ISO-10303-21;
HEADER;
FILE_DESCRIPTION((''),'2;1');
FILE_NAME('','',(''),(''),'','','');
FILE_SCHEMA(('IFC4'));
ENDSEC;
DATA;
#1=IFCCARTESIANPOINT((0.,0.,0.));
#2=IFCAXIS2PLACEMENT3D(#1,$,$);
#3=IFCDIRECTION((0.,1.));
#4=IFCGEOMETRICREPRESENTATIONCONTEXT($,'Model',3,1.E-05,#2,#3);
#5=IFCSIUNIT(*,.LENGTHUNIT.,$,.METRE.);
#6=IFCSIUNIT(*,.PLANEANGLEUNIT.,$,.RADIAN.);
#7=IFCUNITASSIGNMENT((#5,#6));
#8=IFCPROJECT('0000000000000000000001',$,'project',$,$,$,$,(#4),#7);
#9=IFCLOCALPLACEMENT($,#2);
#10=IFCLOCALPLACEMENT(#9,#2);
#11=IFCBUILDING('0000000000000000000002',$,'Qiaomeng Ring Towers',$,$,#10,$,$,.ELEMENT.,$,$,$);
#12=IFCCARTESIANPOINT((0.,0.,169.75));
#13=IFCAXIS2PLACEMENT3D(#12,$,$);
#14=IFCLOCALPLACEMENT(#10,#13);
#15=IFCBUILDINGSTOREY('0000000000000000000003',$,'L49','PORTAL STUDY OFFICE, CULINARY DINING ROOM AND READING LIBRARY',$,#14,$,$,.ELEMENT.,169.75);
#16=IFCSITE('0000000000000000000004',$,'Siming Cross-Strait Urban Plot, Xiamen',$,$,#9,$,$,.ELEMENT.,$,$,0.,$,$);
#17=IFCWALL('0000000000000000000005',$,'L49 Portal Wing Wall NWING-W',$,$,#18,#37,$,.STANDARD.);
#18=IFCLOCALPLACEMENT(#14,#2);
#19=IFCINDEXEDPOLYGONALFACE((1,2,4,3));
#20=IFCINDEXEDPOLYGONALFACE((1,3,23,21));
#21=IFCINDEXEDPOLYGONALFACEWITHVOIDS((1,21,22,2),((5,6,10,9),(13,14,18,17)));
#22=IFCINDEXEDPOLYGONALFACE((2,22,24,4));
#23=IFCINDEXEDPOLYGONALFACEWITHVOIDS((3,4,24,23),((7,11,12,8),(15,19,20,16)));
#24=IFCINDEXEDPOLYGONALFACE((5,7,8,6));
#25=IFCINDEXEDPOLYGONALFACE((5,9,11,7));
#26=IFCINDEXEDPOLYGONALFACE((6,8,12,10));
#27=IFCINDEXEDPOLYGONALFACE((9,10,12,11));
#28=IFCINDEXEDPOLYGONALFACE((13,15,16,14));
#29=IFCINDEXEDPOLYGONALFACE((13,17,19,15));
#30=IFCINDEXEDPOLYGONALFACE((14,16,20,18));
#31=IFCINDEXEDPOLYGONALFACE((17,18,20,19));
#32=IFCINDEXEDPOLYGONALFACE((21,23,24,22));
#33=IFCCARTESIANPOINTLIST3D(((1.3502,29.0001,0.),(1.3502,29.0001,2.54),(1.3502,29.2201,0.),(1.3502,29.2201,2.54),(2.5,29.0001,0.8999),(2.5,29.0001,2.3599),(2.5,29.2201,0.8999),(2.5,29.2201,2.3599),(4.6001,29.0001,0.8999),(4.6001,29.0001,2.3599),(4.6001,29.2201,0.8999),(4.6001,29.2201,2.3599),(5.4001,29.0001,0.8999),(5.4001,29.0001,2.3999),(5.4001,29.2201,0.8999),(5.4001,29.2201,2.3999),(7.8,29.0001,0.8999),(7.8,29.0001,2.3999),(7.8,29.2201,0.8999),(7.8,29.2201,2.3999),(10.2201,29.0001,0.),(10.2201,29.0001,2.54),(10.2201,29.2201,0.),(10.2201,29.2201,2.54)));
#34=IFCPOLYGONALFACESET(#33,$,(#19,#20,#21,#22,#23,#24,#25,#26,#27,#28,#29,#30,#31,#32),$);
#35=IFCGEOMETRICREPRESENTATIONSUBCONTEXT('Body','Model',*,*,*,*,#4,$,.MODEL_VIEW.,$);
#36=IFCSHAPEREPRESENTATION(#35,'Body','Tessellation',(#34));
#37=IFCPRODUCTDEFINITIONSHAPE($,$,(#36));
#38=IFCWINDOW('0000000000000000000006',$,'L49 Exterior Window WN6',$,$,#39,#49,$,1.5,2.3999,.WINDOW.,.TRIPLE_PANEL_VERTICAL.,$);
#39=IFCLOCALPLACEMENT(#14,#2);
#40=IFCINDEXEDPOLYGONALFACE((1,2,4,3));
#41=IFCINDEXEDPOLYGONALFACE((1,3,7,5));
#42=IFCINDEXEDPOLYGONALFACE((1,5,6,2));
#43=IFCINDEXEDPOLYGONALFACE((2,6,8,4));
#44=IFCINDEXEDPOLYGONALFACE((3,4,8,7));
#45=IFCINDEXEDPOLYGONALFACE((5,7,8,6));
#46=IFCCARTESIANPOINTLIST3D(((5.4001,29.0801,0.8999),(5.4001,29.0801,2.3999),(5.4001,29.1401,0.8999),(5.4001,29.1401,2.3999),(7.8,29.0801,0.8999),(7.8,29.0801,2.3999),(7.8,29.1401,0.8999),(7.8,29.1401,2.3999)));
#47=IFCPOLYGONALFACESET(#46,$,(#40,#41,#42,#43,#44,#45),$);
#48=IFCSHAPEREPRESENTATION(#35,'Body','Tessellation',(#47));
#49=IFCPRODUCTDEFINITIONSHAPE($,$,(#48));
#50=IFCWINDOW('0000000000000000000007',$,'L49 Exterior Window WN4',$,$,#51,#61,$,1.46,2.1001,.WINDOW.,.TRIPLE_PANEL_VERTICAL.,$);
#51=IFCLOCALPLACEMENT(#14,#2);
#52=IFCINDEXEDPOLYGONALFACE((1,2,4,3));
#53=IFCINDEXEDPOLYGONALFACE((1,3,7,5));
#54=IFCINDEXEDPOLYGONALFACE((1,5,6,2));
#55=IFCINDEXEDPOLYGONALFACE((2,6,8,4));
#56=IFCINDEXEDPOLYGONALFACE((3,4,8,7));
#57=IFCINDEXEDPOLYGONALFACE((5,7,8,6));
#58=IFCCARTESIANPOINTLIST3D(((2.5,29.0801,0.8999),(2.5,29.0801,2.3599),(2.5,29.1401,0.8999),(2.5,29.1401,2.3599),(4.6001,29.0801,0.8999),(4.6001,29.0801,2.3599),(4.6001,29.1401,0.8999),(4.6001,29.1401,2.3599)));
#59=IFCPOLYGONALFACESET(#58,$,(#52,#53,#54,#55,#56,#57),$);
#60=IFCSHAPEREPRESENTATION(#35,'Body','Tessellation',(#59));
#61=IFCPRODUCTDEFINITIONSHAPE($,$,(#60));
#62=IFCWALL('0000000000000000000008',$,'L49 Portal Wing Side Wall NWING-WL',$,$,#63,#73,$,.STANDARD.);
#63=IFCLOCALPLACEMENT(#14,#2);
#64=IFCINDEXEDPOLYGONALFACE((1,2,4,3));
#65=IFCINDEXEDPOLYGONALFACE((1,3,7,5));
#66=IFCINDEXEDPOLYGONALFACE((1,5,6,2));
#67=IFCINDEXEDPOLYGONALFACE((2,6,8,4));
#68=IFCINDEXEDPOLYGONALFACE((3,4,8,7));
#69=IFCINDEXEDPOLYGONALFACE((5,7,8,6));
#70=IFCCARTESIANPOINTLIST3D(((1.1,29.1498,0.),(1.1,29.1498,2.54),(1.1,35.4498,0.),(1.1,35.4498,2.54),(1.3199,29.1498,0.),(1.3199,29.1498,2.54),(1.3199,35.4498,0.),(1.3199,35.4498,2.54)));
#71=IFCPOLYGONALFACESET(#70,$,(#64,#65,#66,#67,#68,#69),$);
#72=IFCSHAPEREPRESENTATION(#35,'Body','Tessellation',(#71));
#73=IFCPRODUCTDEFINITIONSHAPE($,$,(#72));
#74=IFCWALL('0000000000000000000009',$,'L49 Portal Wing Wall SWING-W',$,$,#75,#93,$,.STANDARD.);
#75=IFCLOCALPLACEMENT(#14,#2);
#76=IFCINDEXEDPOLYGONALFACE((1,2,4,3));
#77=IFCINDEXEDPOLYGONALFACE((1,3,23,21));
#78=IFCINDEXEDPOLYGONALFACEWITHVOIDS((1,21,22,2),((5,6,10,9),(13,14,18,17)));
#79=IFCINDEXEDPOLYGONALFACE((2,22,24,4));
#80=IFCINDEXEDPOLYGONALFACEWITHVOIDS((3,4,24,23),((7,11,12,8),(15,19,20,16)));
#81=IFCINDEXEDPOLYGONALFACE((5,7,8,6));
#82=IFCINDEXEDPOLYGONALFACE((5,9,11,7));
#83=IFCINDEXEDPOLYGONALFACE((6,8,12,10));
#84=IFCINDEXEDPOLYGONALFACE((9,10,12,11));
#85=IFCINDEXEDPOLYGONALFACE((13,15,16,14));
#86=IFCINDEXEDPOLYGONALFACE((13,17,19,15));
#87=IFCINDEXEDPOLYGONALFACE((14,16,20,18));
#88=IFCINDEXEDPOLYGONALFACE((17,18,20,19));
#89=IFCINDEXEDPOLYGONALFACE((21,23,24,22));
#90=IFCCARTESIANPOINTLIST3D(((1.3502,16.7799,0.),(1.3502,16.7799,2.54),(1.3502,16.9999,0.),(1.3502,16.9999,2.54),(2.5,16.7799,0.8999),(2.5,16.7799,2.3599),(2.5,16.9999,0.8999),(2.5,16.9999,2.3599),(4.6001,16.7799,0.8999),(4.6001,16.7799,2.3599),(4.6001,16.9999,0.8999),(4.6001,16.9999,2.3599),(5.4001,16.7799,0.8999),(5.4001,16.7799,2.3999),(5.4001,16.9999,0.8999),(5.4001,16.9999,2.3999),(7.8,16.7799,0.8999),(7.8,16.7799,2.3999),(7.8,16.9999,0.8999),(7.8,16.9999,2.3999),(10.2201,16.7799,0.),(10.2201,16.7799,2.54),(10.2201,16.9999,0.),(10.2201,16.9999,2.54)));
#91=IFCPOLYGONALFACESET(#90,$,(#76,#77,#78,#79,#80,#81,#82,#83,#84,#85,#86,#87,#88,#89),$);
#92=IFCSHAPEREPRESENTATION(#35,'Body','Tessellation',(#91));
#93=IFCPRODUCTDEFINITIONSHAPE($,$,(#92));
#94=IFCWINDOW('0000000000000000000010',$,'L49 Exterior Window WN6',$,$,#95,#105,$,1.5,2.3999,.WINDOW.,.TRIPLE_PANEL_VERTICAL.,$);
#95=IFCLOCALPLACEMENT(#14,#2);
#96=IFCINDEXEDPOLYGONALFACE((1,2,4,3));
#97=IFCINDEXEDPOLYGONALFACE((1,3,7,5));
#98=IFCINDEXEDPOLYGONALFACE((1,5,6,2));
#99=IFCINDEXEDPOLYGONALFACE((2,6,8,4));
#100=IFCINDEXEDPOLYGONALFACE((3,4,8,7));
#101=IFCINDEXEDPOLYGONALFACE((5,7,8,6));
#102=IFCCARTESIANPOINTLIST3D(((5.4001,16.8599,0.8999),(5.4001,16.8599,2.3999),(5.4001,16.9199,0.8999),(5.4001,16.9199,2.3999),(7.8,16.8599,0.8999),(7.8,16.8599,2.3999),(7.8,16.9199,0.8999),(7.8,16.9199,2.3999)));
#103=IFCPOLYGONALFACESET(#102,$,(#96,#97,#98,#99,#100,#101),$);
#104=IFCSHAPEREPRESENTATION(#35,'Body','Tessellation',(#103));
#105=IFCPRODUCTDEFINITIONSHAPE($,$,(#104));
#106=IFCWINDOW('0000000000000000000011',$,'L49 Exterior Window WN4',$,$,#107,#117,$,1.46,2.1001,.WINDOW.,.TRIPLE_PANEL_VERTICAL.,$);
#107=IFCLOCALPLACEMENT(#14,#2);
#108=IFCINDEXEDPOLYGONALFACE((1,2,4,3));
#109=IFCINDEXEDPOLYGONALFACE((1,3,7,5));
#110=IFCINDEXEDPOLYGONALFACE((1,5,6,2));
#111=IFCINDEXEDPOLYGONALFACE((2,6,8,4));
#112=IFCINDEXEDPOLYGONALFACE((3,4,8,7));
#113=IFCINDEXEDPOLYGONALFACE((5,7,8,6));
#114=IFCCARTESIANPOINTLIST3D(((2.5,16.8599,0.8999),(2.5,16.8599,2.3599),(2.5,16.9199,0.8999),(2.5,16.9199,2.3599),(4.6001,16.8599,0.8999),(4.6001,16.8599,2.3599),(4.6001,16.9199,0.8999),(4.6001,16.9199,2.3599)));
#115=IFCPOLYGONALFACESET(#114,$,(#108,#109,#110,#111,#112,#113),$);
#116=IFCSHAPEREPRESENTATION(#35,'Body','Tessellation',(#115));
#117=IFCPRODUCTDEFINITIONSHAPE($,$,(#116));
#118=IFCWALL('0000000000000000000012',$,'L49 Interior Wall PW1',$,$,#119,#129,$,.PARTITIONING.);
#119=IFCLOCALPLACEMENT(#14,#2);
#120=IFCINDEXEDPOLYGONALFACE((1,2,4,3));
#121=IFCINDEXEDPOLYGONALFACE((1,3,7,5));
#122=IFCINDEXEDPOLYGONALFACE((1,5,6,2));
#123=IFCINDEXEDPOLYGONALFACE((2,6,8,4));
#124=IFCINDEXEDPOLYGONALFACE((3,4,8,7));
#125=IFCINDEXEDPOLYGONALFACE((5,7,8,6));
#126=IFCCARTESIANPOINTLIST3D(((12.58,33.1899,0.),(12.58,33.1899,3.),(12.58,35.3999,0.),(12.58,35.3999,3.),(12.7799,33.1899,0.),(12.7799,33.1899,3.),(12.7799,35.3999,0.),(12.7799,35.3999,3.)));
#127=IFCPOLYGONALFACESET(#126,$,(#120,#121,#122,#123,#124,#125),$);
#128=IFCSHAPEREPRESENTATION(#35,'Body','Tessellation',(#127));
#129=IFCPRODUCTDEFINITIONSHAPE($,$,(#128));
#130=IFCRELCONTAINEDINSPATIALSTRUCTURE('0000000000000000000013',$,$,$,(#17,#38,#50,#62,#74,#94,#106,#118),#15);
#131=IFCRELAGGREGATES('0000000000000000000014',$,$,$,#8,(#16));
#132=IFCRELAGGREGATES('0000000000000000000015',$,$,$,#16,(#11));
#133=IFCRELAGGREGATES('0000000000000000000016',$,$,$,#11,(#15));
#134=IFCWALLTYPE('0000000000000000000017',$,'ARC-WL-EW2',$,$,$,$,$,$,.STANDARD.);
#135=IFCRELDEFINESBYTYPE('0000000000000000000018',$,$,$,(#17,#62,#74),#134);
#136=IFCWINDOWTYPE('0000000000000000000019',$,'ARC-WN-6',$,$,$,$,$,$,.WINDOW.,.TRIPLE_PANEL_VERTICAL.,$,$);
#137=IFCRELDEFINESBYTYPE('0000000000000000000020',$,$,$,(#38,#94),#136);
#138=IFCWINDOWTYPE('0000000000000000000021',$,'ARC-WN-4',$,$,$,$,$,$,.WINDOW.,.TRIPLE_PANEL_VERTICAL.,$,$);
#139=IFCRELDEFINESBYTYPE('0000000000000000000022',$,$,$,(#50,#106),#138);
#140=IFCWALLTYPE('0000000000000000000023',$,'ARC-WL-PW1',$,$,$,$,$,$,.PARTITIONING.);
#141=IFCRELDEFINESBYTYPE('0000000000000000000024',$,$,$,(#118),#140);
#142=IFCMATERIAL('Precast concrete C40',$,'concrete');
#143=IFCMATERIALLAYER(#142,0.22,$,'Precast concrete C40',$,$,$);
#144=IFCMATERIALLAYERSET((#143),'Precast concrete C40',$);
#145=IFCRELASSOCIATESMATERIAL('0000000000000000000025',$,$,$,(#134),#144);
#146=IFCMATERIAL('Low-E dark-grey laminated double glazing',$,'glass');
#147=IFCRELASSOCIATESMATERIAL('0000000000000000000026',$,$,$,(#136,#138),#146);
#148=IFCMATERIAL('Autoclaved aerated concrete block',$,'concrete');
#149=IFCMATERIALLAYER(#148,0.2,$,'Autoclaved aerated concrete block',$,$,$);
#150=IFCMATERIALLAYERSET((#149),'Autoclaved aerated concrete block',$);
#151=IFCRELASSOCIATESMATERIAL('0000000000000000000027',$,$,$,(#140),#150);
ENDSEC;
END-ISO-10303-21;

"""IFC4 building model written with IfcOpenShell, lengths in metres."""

from ifc_helpers import new_model, si_unit, direction, frame, frame_2d, origin, place, context, subcontext, project, spatial, rectangle, extrude, source, transform, mapped, material, layer, layer_set, type_object, element, fill, save


model = new_model("IFC4")

# Units and contexts
model_context = context("Model", 3, precision=1e-05, world=origin(), true_north=direction((0.0, 1.0)))
body_context = subcontext(model_context, "Body", "Model", "MODEL_VIEW")
ifc_project = project(units=[si_unit("LENGTHUNIT", "METRE"), si_unit("PLANEANGLEUNIT", "RADIAN")], contexts=[model_context])

# Site, building, storey
site_placement = place(None, origin())
site = spatial("IfcSite", under=ifc_project, at=site_placement, Name="Siming Cross-Strait Urban Plot, Xiamen", CompositionType="ELEMENT", RefElevation=0.0)
building_placement = place(site_placement, origin())
building = spatial("IfcBuilding", under=site, at=building_placement, Name="Qiaomeng Ring Towers", CompositionType="ELEMENT")
storey_placement = place(building_placement, frame((0.0, 0.0, 169.75)))
storey = spatial("IfcBuildingStorey", under=building, at=storey_placement, Name="L49", Description="PORTAL STUDY OFFICE, CULINARY DINING ROOM AND READING LIBRARY", CompositionType="ELEMENT", Elevation=169.75)

# Wall, openings, windows
ifc_material_1 = material(Name="Precast concrete C40", Category="concrete")
ifc_layer_1 = layer(ifc_material_1, 0.22, Name="Precast concrete C40")
ifc_layer_set_1 = layer_set([ifc_layer_1], Name="Precast concrete C40")
wall_type_1 = type_object("IfcWallType", Name="ARC-WL-EW2", PredefinedType="STANDARD", material=ifc_layer_set_1)
wall_1_placement = place(storey_placement, frame((1.3501, 29.1101, 0.0), z_axis=(0.0, 0.0, 1.0), x_axis=(1.0, 0.0, 0.0)))
wall_1 = element("IfcWall", 1, at=wall_1_placement, inside=storey, type_object=wall_type_1, Name="L49 Portal Wing Wall NWING-W", PredefinedType="STANDARD", context=body_context, shape_type="SweptSolid", body=[
    extrude(rectangle(XDim=8.8699, YDim=0.22, at=frame_2d((4.4351, 0.0))), origin(), (0.0, 0.0, 1.0), 2.54),
])
opening_1_placement = place(wall_1_placement, frame((1.1499, 0.0, 0.8999)))
opening_1 = element("IfcOpeningElement", 2, at=opening_1_placement, cuts=wall_1, PredefinedType="OPENING", context=body_context, shape_type="SweptSolid", body=[
    extrude(rectangle(XDim=2.1001, YDim=1.46, at=frame_2d((1.05, 0.73))), frame((0.0, 0.1199, 0.0), z_axis=(0.0, -1.0, 0.0), x_axis=(1.0, 0.0, 0.0)), (0.0, 0.0, 1.0), 0.24),
])
opening_2_placement = place(wall_1_placement, frame((4.05, 0.0, 0.8999)))
opening_2 = element("IfcOpeningElement", 3, at=opening_2_placement, cuts=wall_1, PredefinedType="OPENING", context=body_context, shape_type="SweptSolid", body=[
    extrude(rectangle(XDim=2.3999, YDim=1.5, at=frame_2d((1.2, 0.75))), frame((0.0, 0.1199, 0.0), z_axis=(0.0, -1.0, 0.0), x_axis=(1.0, 0.0, 0.0)), (0.0, 0.0, 1.0), 0.24),
])
ifc_material_2 = material(Name="Low-E dark-grey laminated double glazing", Category="glass")
window_type_1 = type_object("IfcWindowType", Name="ARC-WN-6", PartitioningType="TRIPLE_PANEL_VERTICAL", PredefinedType="WINDOW", material=ifc_material_2)
shared_shape_1 = source(origin(), body_context, "Body", "SweptSolid", [
    extrude(rectangle(XDim=2.3999, YDim=1.5, at=frame_2d((1.2, 0.75))), frame((0.0, 0.03, 0.0), z_axis=(0.0, -1.0, 0.0), x_axis=(1.0, 0.0, 0.0)), (0.0, 0.0, 1.0), 0.0601),
])
window_1_placement = place(opening_2_placement, origin())
window_1 = element("IfcWindow", 4, at=window_1_placement, inside=storey, type_object=window_type_1, Name="L49 Exterior Window WN6", OverallHeight=1.5, OverallWidth=2.3999, PartitioningType="TRIPLE_PANEL_VERTICAL", PredefinedType="WINDOW", context=body_context, shape_type="MappedRepresentation", body=[
    mapped(shared_shape_1, transform((0.0, 0.0, 0.0), x_axis=(1.0, 0.0, 0.0), y_axis=(0.0, 1.0, 0.0), z_axis=(0.0, 0.0, 1.0), scale=1.0)),
])
fill(opening_2, window_1)
window_type_2 = type_object("IfcWindowType", Name="ARC-WN-4", PartitioningType="TRIPLE_PANEL_VERTICAL", PredefinedType="WINDOW", material=ifc_material_2)
shared_shape_2 = source(origin(), body_context, "Body", "SweptSolid", [
    extrude(rectangle(XDim=2.1001, YDim=1.46, at=frame_2d((1.05, 0.73))), frame((0.0, 0.03, 0.0), z_axis=(0.0, -1.0, 0.0), x_axis=(1.0, 0.0, 0.0)), (0.0, 0.0, 1.0), 0.0601),
])
window_2_placement = place(opening_1_placement, origin())
window_2 = element("IfcWindow", 5, at=window_2_placement, inside=storey, type_object=window_type_2, Name="L49 Exterior Window WN4", OverallHeight=1.46, OverallWidth=2.1001, PartitioningType="TRIPLE_PANEL_VERTICAL", PredefinedType="WINDOW", context=body_context, shape_type="MappedRepresentation", body=[
    mapped(shared_shape_2, transform((0.0, 0.0, 0.0), x_axis=(1.0, 0.0, 0.0), y_axis=(0.0, 1.0, 0.0), z_axis=(0.0, 0.0, 1.0), scale=1.0)),
])
fill(opening_1, window_2)

# Wall
wall_2_placement = place(storey_placement, frame((1.21, 29.1499, 0.0), z_axis=(0.0, 0.0, 1.0), x_axis=(0.0, 1.0, 0.0)))
element("IfcWall", 6, at=wall_2_placement, inside=storey, type_object=wall_type_1, Name="L49 Portal Wing Side Wall NWING-WL", PredefinedType="STANDARD", context=body_context, shape_type="SweptSolid", body=[
    extrude(rectangle(XDim=6.3, YDim=0.22, at=frame_2d((3.1499, 0.0))), origin(), (0.0, 0.0, 1.0), 2.54),
])

# Wall, openings, windows
wall_3_placement = place(storey_placement, frame((1.3501, 16.8899, 0.0), z_axis=(0.0, 0.0, 1.0), x_axis=(1.0, 0.0, 0.0)))
wall_3 = element("IfcWall", 7, at=wall_3_placement, inside=storey, type_object=wall_type_1, Name="L49 Portal Wing Wall SWING-W", PredefinedType="STANDARD", context=body_context, shape_type="SweptSolid", body=[
    extrude(rectangle(XDim=8.8699, YDim=0.22, at=frame_2d((4.4351, 0.0))), origin(), (0.0, 0.0, 1.0), 2.54),
])
opening_3_placement = place(wall_3_placement, frame((1.1499, 0.0, 0.8999)))
opening_3 = element("IfcOpeningElement", 8, at=opening_3_placement, cuts=wall_3, PredefinedType="OPENING", context=body_context, shape_type="SweptSolid", body=[
    extrude(rectangle(XDim=2.1001, YDim=1.46, at=frame_2d((1.05, 0.73))), frame((0.0, 0.1199, 0.0), z_axis=(0.0, -1.0, 0.0), x_axis=(1.0, 0.0, 0.0)), (0.0, 0.0, 1.0), 0.24),
])
opening_4_placement = place(wall_3_placement, frame((4.05, 0.0, 0.8999)))
opening_4 = element("IfcOpeningElement", 9, at=opening_4_placement, cuts=wall_3, PredefinedType="OPENING", context=body_context, shape_type="SweptSolid", body=[
    extrude(rectangle(XDim=2.3999, YDim=1.5, at=frame_2d((1.2, 0.75))), frame((0.0, 0.1199, 0.0), z_axis=(0.0, -1.0, 0.0), x_axis=(1.0, 0.0, 0.0)), (0.0, 0.0, 1.0), 0.24),
])
window_3_placement = place(opening_4_placement, origin())
window_3 = element("IfcWindow", 10, at=window_3_placement, inside=storey, type_object=window_type_1, Name="L49 Exterior Window WN6", OverallHeight=1.5, OverallWidth=2.3999, PartitioningType="TRIPLE_PANEL_VERTICAL", PredefinedType="WINDOW", context=body_context, shape_type="MappedRepresentation", body=[
    mapped(shared_shape_1, transform((0.0, 0.0, 0.0), x_axis=(1.0, 0.0, 0.0), y_axis=(0.0, 1.0, 0.0), z_axis=(0.0, 0.0, 1.0), scale=1.0)),
])
fill(opening_4, window_3)
window_4_placement = place(opening_3_placement, origin())
window_4 = element("IfcWindow", 11, at=window_4_placement, inside=storey, type_object=window_type_2, Name="L49 Exterior Window WN4", OverallHeight=1.46, OverallWidth=2.1001, PartitioningType="TRIPLE_PANEL_VERTICAL", PredefinedType="WINDOW", context=body_context, shape_type="MappedRepresentation", body=[
    mapped(shared_shape_2, transform((0.0, 0.0, 0.0), x_axis=(1.0, 0.0, 0.0), y_axis=(0.0, 1.0, 0.0), z_axis=(0.0, 0.0, 1.0), scale=1.0)),
])
fill(opening_3, window_4)

# Wall
ifc_material_3 = material(Name="Autoclaved aerated concrete block", Category="concrete")
ifc_layer_2 = layer(ifc_material_3, 0.2, Name="Autoclaved aerated concrete block")
ifc_layer_set_2 = layer_set([ifc_layer_2], Name="Autoclaved aerated concrete block")
wall_type_2 = type_object("IfcWallType", Name="ARC-WL-PW1", PredefinedType="PARTITIONING", material=ifc_layer_set_2)
wall_4_placement = place(storey_placement, frame((12.6799, 33.1899, 0.0), z_axis=(0.0, 0.0, 1.0), x_axis=(0.0, 1.0, 0.0)))
element("IfcWall", 12, at=wall_4_placement, inside=storey, type_object=wall_type_2, Name="L49 Interior Wall PW1", PredefinedType="PARTITIONING", context=body_context, shape_type="SweptSolid", body=[
    extrude(rectangle(XDim=2.21, YDim=0.2, at=frame_2d((1.105, 0.0))), origin(), (0.0, 0.0, 1.0), 3.0),
])

save(model, "model.ifc")
